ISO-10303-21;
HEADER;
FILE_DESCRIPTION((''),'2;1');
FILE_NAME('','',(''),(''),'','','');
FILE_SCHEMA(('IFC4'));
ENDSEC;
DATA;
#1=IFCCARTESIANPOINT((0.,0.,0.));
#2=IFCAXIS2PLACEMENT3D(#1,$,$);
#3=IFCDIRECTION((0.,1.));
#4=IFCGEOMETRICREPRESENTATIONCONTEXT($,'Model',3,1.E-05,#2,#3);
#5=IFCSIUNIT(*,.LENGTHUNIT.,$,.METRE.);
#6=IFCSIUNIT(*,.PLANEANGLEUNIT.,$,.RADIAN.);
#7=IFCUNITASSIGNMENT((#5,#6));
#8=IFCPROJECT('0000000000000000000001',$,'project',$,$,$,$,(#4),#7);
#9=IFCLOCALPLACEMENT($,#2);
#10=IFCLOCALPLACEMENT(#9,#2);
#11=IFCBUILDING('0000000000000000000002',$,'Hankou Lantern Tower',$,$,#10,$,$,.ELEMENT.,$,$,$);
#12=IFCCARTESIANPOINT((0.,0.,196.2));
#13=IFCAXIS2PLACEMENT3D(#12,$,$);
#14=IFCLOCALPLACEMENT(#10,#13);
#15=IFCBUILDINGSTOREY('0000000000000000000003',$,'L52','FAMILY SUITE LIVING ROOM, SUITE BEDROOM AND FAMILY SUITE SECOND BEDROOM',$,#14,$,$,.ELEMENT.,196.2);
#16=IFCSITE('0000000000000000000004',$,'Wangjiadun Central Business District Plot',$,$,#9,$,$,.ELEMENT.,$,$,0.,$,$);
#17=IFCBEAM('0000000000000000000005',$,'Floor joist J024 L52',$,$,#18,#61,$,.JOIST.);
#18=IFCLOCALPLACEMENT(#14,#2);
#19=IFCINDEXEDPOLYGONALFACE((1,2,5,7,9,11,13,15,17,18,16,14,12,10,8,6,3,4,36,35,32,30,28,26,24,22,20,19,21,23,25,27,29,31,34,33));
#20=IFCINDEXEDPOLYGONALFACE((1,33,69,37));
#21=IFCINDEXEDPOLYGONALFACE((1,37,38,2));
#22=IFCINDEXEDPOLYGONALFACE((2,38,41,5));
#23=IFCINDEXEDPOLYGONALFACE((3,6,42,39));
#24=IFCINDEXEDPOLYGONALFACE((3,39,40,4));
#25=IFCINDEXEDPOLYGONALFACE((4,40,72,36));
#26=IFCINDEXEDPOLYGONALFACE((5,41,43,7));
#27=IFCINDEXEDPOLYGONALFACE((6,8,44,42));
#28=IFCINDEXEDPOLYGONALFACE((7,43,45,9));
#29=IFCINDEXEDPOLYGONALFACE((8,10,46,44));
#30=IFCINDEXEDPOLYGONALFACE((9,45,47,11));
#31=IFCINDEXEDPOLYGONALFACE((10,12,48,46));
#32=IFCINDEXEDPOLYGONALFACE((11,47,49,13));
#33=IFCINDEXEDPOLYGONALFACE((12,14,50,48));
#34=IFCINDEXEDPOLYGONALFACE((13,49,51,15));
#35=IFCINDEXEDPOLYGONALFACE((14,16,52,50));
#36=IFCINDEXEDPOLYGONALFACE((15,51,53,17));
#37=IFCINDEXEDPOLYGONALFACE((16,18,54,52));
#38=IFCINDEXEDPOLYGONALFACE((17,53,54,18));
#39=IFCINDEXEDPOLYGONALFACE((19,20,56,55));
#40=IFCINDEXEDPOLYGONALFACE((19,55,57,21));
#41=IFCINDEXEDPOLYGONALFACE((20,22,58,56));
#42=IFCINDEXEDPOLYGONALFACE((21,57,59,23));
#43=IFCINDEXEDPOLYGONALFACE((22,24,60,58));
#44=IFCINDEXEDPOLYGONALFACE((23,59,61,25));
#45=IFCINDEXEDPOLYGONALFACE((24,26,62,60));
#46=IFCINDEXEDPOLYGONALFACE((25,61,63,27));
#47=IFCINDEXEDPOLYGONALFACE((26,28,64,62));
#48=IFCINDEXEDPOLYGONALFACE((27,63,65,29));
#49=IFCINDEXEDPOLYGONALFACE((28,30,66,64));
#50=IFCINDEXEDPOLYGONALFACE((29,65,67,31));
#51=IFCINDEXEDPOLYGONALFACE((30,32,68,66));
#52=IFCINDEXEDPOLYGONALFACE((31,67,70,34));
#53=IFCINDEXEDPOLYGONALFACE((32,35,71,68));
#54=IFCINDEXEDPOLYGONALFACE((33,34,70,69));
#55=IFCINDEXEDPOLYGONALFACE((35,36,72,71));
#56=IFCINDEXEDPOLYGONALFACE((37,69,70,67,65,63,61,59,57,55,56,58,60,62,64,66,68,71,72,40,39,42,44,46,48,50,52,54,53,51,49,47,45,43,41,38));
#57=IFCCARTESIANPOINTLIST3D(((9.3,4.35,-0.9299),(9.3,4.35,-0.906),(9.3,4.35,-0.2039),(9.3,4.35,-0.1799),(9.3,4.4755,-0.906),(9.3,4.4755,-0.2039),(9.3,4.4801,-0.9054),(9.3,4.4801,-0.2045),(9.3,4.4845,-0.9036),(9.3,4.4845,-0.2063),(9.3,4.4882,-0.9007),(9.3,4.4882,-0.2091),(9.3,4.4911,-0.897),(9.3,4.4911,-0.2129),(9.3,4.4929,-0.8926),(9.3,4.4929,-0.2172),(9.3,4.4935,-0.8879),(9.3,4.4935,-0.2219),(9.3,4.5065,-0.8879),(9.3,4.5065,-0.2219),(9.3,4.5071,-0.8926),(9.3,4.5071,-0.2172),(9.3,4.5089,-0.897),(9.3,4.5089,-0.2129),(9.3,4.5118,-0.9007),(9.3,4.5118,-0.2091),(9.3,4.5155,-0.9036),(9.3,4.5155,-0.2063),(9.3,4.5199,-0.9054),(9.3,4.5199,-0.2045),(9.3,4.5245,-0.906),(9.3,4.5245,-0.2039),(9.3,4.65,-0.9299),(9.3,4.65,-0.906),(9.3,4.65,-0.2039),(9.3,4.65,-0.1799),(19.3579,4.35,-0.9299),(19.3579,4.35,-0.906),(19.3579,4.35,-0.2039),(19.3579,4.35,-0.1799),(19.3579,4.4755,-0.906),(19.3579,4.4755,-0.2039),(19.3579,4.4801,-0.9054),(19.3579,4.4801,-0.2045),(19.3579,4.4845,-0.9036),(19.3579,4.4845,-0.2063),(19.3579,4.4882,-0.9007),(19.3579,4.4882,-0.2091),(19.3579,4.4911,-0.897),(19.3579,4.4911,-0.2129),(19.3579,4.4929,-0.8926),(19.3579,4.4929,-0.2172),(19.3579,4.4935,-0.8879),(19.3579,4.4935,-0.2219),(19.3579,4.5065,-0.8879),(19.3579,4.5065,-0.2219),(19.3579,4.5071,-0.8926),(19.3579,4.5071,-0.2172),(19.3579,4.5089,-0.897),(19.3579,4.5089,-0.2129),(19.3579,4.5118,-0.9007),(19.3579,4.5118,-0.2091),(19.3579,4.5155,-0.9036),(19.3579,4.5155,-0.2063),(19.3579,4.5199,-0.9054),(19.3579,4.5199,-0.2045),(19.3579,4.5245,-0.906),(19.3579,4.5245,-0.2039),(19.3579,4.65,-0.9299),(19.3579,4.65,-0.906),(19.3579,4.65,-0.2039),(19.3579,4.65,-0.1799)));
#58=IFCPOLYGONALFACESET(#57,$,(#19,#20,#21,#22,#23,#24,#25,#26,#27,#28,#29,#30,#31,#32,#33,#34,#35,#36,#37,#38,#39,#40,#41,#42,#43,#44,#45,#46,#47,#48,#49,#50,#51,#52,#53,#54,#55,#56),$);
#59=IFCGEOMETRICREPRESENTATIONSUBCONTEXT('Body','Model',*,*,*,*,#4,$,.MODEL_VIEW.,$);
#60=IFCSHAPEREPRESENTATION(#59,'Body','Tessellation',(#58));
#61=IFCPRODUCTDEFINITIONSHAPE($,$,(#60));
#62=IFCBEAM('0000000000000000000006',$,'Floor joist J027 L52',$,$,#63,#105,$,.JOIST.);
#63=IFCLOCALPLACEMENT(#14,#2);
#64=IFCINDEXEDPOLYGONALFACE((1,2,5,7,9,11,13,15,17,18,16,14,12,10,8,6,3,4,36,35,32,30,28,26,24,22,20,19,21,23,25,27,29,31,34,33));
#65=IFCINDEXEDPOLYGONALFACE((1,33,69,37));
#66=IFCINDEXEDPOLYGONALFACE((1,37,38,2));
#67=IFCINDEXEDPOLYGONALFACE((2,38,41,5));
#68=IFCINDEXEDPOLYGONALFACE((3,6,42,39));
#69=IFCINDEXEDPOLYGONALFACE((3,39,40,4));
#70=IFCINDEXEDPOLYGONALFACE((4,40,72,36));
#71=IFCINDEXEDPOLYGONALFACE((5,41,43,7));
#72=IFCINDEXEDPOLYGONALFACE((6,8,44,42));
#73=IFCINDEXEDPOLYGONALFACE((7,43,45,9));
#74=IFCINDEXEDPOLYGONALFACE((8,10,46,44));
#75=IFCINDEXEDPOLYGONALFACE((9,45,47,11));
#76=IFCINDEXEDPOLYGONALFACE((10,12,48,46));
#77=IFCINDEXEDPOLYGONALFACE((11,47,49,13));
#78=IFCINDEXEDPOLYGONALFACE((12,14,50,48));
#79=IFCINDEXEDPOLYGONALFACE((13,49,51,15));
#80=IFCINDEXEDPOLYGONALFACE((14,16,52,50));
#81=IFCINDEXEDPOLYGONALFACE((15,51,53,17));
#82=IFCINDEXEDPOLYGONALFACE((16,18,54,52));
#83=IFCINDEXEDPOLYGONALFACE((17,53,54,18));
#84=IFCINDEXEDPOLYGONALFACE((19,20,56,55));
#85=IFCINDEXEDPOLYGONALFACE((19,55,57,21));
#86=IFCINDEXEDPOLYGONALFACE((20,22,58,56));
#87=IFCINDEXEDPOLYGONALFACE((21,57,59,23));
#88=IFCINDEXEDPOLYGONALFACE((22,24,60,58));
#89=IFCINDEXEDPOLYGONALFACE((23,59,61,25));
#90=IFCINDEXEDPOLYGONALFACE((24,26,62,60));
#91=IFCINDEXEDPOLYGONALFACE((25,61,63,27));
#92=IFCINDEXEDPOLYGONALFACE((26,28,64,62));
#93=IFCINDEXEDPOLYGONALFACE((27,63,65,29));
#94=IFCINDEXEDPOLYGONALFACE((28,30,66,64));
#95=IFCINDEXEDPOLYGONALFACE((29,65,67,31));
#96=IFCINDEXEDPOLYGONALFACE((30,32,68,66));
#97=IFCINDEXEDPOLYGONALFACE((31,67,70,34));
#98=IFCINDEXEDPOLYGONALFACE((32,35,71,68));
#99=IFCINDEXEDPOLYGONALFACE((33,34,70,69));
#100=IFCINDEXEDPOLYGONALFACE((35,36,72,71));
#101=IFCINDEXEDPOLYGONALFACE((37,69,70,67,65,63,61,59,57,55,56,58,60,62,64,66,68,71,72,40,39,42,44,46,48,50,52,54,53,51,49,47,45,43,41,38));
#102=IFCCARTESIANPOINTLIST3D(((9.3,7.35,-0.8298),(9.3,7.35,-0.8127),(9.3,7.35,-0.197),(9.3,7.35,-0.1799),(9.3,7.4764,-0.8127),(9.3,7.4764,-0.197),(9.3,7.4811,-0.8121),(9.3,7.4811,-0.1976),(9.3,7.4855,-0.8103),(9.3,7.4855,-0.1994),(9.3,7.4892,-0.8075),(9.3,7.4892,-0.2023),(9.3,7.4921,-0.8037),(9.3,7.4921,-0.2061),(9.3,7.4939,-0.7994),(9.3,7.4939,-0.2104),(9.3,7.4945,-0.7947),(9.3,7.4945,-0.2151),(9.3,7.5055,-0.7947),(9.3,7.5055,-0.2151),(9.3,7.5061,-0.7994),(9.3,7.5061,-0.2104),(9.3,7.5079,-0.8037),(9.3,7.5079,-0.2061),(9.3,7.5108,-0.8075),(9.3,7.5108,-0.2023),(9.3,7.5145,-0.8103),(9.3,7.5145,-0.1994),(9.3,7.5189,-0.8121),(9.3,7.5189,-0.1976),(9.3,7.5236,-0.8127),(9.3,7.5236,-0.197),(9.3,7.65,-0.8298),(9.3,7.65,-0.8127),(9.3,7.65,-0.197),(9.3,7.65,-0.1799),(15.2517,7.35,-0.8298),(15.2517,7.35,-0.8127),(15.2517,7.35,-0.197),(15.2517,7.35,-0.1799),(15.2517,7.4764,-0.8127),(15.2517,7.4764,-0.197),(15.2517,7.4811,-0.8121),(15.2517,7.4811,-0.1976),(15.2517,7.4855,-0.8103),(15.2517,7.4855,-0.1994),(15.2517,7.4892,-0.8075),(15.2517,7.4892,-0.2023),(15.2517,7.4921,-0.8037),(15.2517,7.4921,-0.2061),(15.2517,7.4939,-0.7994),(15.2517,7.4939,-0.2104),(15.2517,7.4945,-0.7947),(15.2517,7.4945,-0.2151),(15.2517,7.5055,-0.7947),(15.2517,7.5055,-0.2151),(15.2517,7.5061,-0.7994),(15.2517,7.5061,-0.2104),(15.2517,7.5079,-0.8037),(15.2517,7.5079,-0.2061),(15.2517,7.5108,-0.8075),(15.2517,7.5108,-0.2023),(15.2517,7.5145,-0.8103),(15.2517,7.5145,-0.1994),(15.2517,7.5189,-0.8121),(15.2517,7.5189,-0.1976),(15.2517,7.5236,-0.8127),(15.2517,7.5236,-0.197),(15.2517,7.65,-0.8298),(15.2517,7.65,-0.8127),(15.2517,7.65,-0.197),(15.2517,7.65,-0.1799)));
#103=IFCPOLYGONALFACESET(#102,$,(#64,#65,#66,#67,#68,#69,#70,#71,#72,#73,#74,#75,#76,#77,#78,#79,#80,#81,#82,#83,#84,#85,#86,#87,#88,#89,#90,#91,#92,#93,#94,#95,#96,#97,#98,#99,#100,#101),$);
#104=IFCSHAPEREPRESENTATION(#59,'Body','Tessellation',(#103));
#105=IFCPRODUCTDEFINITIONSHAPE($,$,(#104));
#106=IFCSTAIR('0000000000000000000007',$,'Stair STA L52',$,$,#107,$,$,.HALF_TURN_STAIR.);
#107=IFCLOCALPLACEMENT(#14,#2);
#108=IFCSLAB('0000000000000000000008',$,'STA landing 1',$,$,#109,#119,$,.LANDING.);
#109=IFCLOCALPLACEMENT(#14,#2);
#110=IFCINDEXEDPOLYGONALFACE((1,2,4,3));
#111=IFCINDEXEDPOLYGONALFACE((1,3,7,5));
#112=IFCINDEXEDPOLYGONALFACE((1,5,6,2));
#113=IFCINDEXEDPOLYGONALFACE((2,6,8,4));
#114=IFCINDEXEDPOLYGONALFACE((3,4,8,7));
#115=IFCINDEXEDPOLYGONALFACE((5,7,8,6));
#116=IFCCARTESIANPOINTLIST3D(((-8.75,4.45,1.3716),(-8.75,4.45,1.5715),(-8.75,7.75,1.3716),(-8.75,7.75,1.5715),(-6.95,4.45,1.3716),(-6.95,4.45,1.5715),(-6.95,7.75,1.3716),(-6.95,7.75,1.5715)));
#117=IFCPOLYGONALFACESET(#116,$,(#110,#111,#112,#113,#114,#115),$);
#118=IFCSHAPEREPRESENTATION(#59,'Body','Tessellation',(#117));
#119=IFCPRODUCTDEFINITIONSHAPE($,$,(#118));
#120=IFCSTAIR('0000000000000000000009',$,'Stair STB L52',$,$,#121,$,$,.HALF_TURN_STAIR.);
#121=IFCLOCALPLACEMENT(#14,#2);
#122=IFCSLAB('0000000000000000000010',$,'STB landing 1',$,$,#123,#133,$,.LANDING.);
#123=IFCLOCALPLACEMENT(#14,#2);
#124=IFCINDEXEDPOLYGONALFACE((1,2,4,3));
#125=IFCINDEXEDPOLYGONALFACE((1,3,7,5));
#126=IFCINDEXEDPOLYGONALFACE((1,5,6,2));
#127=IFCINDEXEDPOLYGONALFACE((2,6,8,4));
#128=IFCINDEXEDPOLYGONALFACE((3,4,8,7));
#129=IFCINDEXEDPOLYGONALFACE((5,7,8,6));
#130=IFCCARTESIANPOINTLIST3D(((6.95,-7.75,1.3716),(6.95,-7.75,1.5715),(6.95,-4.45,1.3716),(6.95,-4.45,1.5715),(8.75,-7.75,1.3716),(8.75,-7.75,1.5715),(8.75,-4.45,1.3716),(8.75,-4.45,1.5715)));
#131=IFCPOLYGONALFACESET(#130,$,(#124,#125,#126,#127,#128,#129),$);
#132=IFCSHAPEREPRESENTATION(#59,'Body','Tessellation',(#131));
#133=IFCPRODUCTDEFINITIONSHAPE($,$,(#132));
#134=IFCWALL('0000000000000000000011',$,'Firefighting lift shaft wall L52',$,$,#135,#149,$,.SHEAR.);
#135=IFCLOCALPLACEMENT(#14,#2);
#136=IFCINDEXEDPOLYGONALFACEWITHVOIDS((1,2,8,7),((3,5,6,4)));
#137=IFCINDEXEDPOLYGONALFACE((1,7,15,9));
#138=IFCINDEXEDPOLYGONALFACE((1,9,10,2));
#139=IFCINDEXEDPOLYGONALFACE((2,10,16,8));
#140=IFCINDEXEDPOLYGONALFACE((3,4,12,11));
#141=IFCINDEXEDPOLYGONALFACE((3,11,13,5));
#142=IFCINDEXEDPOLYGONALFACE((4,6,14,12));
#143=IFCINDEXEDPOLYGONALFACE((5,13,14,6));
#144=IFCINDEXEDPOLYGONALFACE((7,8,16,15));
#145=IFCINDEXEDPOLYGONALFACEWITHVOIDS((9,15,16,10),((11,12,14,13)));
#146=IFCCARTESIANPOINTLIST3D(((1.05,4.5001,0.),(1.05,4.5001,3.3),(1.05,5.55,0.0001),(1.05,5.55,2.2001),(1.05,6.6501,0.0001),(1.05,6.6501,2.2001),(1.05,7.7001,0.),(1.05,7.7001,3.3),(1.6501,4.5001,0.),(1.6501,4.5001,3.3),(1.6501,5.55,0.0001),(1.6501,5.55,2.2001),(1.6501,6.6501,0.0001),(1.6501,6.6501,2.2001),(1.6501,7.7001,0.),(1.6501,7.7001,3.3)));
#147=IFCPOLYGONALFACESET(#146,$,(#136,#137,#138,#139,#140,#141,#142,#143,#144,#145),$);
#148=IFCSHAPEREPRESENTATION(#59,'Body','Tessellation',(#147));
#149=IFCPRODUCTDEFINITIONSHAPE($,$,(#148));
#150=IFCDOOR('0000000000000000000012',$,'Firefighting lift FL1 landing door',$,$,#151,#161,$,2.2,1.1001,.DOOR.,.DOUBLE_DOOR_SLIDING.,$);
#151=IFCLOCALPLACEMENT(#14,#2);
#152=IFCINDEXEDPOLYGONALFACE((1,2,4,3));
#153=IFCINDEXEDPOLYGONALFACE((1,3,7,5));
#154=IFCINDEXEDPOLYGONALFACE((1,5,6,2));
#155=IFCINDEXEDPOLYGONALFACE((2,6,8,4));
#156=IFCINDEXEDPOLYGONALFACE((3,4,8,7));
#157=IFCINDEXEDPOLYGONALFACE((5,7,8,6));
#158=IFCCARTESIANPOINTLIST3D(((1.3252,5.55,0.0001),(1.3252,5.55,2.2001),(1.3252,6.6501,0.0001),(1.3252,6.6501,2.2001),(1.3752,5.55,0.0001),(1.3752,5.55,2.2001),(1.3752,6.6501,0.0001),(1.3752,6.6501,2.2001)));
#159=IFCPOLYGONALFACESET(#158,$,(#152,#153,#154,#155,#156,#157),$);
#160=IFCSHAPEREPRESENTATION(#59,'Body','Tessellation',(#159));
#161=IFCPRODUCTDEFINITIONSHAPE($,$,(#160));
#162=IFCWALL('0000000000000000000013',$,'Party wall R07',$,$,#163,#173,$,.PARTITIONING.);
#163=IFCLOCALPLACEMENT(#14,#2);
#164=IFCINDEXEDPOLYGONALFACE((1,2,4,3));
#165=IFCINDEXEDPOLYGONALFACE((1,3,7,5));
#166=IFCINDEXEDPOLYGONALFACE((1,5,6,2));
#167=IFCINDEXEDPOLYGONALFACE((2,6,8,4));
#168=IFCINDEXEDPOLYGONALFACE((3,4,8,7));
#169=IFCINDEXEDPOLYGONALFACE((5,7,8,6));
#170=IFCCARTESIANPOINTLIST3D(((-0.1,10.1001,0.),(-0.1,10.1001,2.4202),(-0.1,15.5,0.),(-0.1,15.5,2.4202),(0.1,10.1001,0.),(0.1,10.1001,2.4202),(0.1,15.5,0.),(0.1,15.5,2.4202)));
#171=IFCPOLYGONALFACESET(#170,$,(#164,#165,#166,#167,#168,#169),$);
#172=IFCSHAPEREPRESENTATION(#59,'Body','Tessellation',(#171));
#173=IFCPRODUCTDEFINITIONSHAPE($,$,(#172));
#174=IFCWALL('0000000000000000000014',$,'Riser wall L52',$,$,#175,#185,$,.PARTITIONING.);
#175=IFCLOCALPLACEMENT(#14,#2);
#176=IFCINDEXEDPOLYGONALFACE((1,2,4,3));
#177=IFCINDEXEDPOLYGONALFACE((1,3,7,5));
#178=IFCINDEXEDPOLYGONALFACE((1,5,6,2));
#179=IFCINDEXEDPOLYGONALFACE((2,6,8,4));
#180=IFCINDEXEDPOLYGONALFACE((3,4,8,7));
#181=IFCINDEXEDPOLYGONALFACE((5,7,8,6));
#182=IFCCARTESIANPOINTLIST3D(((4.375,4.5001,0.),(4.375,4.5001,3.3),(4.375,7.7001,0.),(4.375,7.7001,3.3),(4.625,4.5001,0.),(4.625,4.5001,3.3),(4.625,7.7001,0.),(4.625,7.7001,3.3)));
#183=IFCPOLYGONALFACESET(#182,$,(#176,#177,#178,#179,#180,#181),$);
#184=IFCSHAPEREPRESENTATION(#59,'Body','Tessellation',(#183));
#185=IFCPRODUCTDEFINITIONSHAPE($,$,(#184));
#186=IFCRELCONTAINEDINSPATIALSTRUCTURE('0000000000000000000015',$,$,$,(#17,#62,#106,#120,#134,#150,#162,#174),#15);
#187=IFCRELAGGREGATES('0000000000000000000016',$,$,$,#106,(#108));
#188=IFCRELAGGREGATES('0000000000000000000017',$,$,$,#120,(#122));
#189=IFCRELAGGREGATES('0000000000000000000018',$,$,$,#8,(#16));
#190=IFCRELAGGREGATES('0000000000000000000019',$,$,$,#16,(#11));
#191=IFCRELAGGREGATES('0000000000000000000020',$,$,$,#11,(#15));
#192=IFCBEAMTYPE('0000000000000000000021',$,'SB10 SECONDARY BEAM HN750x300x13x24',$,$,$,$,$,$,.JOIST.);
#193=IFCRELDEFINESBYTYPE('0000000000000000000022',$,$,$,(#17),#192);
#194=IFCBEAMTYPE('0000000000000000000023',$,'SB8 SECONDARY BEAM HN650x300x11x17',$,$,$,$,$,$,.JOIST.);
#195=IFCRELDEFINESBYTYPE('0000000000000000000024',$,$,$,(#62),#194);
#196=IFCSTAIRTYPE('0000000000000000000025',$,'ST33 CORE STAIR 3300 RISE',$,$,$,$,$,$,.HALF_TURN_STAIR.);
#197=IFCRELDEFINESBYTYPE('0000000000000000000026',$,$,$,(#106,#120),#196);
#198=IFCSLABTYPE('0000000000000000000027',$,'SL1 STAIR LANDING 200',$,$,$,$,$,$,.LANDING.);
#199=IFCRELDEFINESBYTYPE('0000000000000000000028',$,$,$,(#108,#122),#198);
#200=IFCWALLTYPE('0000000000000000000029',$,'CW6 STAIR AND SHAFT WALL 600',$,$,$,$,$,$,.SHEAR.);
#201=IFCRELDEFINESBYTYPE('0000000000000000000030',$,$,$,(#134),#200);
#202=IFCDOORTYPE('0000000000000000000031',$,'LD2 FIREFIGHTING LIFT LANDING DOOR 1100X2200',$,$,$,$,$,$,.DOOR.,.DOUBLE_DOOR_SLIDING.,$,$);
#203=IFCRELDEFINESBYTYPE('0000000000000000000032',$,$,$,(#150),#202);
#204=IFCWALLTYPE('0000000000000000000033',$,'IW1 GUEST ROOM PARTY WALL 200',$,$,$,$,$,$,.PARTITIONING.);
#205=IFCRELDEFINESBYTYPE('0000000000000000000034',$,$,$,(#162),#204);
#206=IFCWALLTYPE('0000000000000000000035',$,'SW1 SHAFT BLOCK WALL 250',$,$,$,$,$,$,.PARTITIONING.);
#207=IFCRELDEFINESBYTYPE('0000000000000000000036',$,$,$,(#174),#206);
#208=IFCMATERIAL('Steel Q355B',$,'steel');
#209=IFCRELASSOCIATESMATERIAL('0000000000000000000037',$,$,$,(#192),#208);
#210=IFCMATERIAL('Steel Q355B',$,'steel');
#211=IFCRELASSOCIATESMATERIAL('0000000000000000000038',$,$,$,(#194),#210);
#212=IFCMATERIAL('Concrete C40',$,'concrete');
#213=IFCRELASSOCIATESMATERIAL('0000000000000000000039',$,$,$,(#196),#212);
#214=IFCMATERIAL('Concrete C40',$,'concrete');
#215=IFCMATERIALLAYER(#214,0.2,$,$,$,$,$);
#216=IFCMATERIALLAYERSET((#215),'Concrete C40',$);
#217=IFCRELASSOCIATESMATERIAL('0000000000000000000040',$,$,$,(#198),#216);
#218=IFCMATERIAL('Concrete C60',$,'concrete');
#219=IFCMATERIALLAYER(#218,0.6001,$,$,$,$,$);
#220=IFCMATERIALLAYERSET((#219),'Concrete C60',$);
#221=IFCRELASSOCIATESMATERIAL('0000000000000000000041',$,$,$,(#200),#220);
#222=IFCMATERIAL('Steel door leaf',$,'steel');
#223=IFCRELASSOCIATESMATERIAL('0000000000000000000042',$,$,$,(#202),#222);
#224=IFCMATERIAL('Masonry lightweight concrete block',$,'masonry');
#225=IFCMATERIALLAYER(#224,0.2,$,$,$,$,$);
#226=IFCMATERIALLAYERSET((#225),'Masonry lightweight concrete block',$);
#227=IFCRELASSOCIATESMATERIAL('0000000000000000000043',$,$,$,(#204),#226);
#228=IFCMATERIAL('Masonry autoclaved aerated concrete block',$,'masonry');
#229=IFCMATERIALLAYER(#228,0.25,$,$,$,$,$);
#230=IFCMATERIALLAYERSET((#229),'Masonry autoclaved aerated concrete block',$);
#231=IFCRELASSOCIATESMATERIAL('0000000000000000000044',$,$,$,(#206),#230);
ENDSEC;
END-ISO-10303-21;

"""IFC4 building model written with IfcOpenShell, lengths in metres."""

from ifc_helpers import new_model, si_unit, direction, frame, frame_2d, origin, origin_2d, place, context, subcontext, project, spatial, polyline, rectangle, i_section, outline, extrude, material, layer, layer_set, material_profile, profile_set, type_object, element, fill, aggregate, save


model = new_model("IFC4")

# Units and contexts
model_context = context("Model", 3, precision=1e-05, world=origin(), true_north=direction((0.0, 1.0)))
body_context = subcontext(model_context, "Body", "Model", "MODEL_VIEW")
ifc_project = project(units=[si_unit("LENGTHUNIT", "METRE"), si_unit("PLANEANGLEUNIT", "RADIAN")], contexts=[model_context])

# Site, building, storey
site_placement = place(None, origin())
site = spatial("IfcSite", under=ifc_project, at=site_placement, Name="Wangjiadun Central Business District Plot", CompositionType="ELEMENT", RefElevation=0.0)
building_placement = place(site_placement, origin())
building = spatial("IfcBuilding", under=site, at=building_placement, Name="Hankou Lantern Tower", CompositionType="ELEMENT")
storey_placement = place(building_placement, frame((0.0, 0.0, 196.2)))
storey = spatial("IfcBuildingStorey", under=building, at=storey_placement, Name="L52", Description="FAMILY SUITE LIVING ROOM, SUITE BEDROOM AND FAMILY SUITE SECOND BEDROOM", CompositionType="ELEMENT", Elevation=196.2)

# Beams
ifc_material_1 = material(Name="Steel Q355B", Category="steel")
ifc_material_profile_1 = material_profile(ifc_material_1, i_section(OverallWidth=0.3, OverallDepth=0.75, WebThickness=0.0129, FlangeThickness=0.0239, FilletRadius=0.0181, at=origin_2d()), Name="HN750x300x13x24")
ifc_profile_set_1 = profile_set([ifc_material_profile_1], Name="Steel Q355B")
beam_type_1 = type_object("IfcBeamType", Name="SB10 SECONDARY BEAM HN750x300x13x24", PredefinedType="JOIST", material=ifc_profile_set_1)
beam_1_placement = place(storey_placement, frame((9.3, 4.5, -0.5549), z_axis=(1.0, 0.0, 0.0), x_axis=(0.0, 1.0, 0.0)))
element("IfcBeam", 1, at=beam_1_placement, inside=storey, type_object=beam_type_1, Name="Floor joist J024 L52", PredefinedType="JOIST", context=body_context, shape_type="SweptSolid", body=[
    extrude(i_section(OverallWidth=0.3, OverallDepth=0.75, WebThickness=0.0129, FlangeThickness=0.0239, FilletRadius=0.0181, at=origin_2d()), origin(), (0.0, 0.0, 1.0), 10.0579),
])
ifc_material_2 = material(Name="Steel Q355B", Category="steel")
ifc_material_profile_2 = material_profile(ifc_material_2, i_section(OverallWidth=0.3, OverallDepth=0.6499, WebThickness=0.011, FlangeThickness=0.0171, FilletRadius=0.0181, at=origin_2d()), Name="HN650x300x11x17")
ifc_profile_set_2 = profile_set([ifc_material_profile_2], Name="Steel Q355B")
beam_type_2 = type_object("IfcBeamType", Name="SB8 SECONDARY BEAM HN650x300x11x17", PredefinedType="JOIST", material=ifc_profile_set_2)
beam_2_placement = place(storey_placement, frame((9.3, 7.5, -0.5049), z_axis=(1.0, 0.0, 0.0), x_axis=(0.0, 1.0, 0.0)))
element("IfcBeam", 2, at=beam_2_placement, inside=storey, type_object=beam_type_2, Name="Floor joist J027 L52", PredefinedType="JOIST", context=body_context, shape_type="SweptSolid", body=[
    extrude(i_section(OverallWidth=0.3, OverallDepth=0.6499, WebThickness=0.011, FlangeThickness=0.0171, FilletRadius=0.0181, at=origin_2d()), origin(), (0.0, 0.0, 1.0), 5.9517),
])

# Stairs, slabs
ifc_material_3 = material(Name="Concrete C40", Category="concrete")
stair_type = type_object("IfcStairType", Name="ST33 CORE STAIR 3300 RISE", PredefinedType="HALF_TURN_STAIR", material=ifc_material_3)
stair_1_placement = place(storey_placement, origin())
stair_1 = element("IfcStair", 3, at=stair_1_placement, inside=storey, type_object=stair_type, Name="Stair STA L52", PredefinedType="HALF_TURN_STAIR")
ifc_material_4 = material(Name="Concrete C40", Category="concrete")
ifc_layer_1 = layer(ifc_material_4, 0.2)
ifc_layer_set_1 = layer_set([ifc_layer_1], Name="Concrete C40")
slab_type = type_object("IfcSlabType", Name="SL1 STAIR LANDING 200", PredefinedType="LANDING", material=ifc_layer_set_1)
slab_1_placement = place(storey_placement, frame((0.0, 0.0, 1.3716)))
slab_1 = element("IfcSlab", 4, at=slab_1_placement, type_object=slab_type, Name="STA landing 1", PredefinedType="LANDING", context=body_context, shape_type="SweptSolid", body=[
    extrude(outline(polyline([(-8.75, 4.45), (-6.95, 4.45), (-6.95, 7.75), (-8.75, 7.75), (-8.75, 4.45)])), origin(), (0.0, 0.0, 1.0), 0.2),
])
aggregate(stair_1, [slab_1])
stair_2_placement = place(storey_placement, origin())
stair_2 = element("IfcStair", 5, at=stair_2_placement, inside=storey, type_object=stair_type, Name="Stair STB L52", PredefinedType="HALF_TURN_STAIR")
slab_2_placement = place(storey_placement, frame((0.0, 0.0, 1.3716)))
slab_2 = element("IfcSlab", 6, at=slab_2_placement, type_object=slab_type, Name="STB landing 1", PredefinedType="LANDING", context=body_context, shape_type="SweptSolid", body=[
    extrude(outline(polyline([(8.75, -4.45), (6.95, -4.45), (6.95, -7.75), (8.75, -7.75), (8.75, -4.45)])), origin(), (0.0, 0.0, 1.0), 0.2),
])
aggregate(stair_2, [slab_2])

# Wall, opening, door
ifc_material_5 = material(Name="Concrete C60", Category="concrete")
ifc_layer_2 = layer(ifc_material_5, 0.6001)
ifc_layer_set_2 = layer_set([ifc_layer_2], Name="Concrete C60")
wall_type_1 = type_object("IfcWallType", Name="CW6 STAIR AND SHAFT WALL 600", PredefinedType="SHEAR", material=ifc_layer_set_2)
wall_1_placement = place(storey_placement, frame((1.3501, 4.5, 0.0), z_axis=(0.0, 0.0, 1.0), x_axis=(0.0, 1.0, 0.0)))
wall_1 = element("IfcWall", 7, at=wall_1_placement, inside=storey, type_object=wall_type_1, Name="Firefighting lift shaft wall L52", PredefinedType="SHEAR", context=body_context, shape_type="SweptSolid", body=[
    extrude(rectangle(XDim=3.2, YDim=0.6001, at=frame_2d((1.6001, 0.0))), origin(), (0.0, 0.0, 1.0), 3.3),
])
opening_placement = place(wall_1_placement, frame((1.05, 0.0, 0.0)))
opening = element("IfcOpeningElement", 8, at=opening_placement, cuts=wall_1, PredefinedType="OPENING", context=body_context, shape_type="SweptSolid", body=[
    extrude(rectangle(XDim=1.1001, YDim=2.2, at=frame_2d((0.55, 1.1001))), frame((0.0, 0.3101, 0.0), z_axis=(0.0, -1.0, 0.0), x_axis=(1.0, 0.0, 0.0)), (0.0, 0.0, 1.0), 0.6201),
])
ifc_material_6 = material(Name="Steel door leaf", Category="steel")
door_type = type_object("IfcDoorType", Name="LD2 FIREFIGHTING LIFT LANDING DOOR 1100X2200", OperationType="DOUBLE_DOOR_SLIDING", PredefinedType="DOOR", material=ifc_material_6)
door_placement = place(opening_placement, origin())
door = element("IfcDoor", 9, at=door_placement, inside=storey, type_object=door_type, Name="Firefighting lift FL1 landing door", OperationType="DOUBLE_DOOR_SLIDING", OverallHeight=2.2, OverallWidth=1.1001, PredefinedType="DOOR", context=body_context, shape_type="SweptSolid", body=[
    extrude(rectangle(XDim=1.1001, YDim=2.2, at=frame_2d((0.55, 1.1001))), frame((0.0, 0.0249, 0.0), z_axis=(0.0, -1.0, 0.0), x_axis=(1.0, 0.0, 0.0)), (0.0, 0.0, 1.0), 0.05),
])
fill(opening, door)

# Walls
ifc_material_7 = material(Name="Masonry lightweight concrete block", Category="masonry")
ifc_layer_3 = layer(ifc_material_7, 0.2)
ifc_layer_set_3 = layer_set([ifc_layer_3], Name="Masonry lightweight concrete block")
wall_type_2 = type_object("IfcWallType", Name="IW1 GUEST ROOM PARTY WALL 200", PredefinedType="PARTITIONING", material=ifc_layer_set_3)
wall_2_placement = place(storey_placement, frame((0.0, 10.1001, 0.0), z_axis=(0.0, 0.0, 1.0), x_axis=(0.0, 1.0, 0.0)))
element("IfcWall", 10, at=wall_2_placement, inside=storey, type_object=wall_type_2, Name="Party wall R07", PredefinedType="PARTITIONING", context=body_context, shape_type="SweptSolid", body=[
    extrude(rectangle(XDim=5.3999, YDim=0.2, at=frame_2d((2.7, 0.0))), origin(), (0.0, 0.0, 1.0), 2.4202),
])
ifc_material_8 = material(Name="Masonry autoclaved aerated concrete block", Category="masonry")
ifc_layer_4 = layer(ifc_material_8, 0.25)
ifc_layer_set_4 = layer_set([ifc_layer_4], Name="Masonry autoclaved aerated concrete block")
wall_type_3 = type_object("IfcWallType", Name="SW1 SHAFT BLOCK WALL 250", PredefinedType="PARTITIONING", material=ifc_layer_set_4)
wall_3_placement = place(storey_placement, frame((4.5, 4.5, 0.0), z_axis=(0.0, 0.0, 1.0), x_axis=(0.0, 1.0, 0.0)))
element("IfcWall", 11, at=wall_3_placement, inside=storey, type_object=wall_type_3, Name="Riser wall L52", PredefinedType="PARTITIONING", context=body_context, shape_type="SweptSolid", body=[
    extrude(rectangle(XDim=3.2, YDim=0.25, at=frame_2d((1.6001, 0.0))), origin(), (0.0, 0.0, 1.0), 3.3),
])

save(model, "model.ifc")
